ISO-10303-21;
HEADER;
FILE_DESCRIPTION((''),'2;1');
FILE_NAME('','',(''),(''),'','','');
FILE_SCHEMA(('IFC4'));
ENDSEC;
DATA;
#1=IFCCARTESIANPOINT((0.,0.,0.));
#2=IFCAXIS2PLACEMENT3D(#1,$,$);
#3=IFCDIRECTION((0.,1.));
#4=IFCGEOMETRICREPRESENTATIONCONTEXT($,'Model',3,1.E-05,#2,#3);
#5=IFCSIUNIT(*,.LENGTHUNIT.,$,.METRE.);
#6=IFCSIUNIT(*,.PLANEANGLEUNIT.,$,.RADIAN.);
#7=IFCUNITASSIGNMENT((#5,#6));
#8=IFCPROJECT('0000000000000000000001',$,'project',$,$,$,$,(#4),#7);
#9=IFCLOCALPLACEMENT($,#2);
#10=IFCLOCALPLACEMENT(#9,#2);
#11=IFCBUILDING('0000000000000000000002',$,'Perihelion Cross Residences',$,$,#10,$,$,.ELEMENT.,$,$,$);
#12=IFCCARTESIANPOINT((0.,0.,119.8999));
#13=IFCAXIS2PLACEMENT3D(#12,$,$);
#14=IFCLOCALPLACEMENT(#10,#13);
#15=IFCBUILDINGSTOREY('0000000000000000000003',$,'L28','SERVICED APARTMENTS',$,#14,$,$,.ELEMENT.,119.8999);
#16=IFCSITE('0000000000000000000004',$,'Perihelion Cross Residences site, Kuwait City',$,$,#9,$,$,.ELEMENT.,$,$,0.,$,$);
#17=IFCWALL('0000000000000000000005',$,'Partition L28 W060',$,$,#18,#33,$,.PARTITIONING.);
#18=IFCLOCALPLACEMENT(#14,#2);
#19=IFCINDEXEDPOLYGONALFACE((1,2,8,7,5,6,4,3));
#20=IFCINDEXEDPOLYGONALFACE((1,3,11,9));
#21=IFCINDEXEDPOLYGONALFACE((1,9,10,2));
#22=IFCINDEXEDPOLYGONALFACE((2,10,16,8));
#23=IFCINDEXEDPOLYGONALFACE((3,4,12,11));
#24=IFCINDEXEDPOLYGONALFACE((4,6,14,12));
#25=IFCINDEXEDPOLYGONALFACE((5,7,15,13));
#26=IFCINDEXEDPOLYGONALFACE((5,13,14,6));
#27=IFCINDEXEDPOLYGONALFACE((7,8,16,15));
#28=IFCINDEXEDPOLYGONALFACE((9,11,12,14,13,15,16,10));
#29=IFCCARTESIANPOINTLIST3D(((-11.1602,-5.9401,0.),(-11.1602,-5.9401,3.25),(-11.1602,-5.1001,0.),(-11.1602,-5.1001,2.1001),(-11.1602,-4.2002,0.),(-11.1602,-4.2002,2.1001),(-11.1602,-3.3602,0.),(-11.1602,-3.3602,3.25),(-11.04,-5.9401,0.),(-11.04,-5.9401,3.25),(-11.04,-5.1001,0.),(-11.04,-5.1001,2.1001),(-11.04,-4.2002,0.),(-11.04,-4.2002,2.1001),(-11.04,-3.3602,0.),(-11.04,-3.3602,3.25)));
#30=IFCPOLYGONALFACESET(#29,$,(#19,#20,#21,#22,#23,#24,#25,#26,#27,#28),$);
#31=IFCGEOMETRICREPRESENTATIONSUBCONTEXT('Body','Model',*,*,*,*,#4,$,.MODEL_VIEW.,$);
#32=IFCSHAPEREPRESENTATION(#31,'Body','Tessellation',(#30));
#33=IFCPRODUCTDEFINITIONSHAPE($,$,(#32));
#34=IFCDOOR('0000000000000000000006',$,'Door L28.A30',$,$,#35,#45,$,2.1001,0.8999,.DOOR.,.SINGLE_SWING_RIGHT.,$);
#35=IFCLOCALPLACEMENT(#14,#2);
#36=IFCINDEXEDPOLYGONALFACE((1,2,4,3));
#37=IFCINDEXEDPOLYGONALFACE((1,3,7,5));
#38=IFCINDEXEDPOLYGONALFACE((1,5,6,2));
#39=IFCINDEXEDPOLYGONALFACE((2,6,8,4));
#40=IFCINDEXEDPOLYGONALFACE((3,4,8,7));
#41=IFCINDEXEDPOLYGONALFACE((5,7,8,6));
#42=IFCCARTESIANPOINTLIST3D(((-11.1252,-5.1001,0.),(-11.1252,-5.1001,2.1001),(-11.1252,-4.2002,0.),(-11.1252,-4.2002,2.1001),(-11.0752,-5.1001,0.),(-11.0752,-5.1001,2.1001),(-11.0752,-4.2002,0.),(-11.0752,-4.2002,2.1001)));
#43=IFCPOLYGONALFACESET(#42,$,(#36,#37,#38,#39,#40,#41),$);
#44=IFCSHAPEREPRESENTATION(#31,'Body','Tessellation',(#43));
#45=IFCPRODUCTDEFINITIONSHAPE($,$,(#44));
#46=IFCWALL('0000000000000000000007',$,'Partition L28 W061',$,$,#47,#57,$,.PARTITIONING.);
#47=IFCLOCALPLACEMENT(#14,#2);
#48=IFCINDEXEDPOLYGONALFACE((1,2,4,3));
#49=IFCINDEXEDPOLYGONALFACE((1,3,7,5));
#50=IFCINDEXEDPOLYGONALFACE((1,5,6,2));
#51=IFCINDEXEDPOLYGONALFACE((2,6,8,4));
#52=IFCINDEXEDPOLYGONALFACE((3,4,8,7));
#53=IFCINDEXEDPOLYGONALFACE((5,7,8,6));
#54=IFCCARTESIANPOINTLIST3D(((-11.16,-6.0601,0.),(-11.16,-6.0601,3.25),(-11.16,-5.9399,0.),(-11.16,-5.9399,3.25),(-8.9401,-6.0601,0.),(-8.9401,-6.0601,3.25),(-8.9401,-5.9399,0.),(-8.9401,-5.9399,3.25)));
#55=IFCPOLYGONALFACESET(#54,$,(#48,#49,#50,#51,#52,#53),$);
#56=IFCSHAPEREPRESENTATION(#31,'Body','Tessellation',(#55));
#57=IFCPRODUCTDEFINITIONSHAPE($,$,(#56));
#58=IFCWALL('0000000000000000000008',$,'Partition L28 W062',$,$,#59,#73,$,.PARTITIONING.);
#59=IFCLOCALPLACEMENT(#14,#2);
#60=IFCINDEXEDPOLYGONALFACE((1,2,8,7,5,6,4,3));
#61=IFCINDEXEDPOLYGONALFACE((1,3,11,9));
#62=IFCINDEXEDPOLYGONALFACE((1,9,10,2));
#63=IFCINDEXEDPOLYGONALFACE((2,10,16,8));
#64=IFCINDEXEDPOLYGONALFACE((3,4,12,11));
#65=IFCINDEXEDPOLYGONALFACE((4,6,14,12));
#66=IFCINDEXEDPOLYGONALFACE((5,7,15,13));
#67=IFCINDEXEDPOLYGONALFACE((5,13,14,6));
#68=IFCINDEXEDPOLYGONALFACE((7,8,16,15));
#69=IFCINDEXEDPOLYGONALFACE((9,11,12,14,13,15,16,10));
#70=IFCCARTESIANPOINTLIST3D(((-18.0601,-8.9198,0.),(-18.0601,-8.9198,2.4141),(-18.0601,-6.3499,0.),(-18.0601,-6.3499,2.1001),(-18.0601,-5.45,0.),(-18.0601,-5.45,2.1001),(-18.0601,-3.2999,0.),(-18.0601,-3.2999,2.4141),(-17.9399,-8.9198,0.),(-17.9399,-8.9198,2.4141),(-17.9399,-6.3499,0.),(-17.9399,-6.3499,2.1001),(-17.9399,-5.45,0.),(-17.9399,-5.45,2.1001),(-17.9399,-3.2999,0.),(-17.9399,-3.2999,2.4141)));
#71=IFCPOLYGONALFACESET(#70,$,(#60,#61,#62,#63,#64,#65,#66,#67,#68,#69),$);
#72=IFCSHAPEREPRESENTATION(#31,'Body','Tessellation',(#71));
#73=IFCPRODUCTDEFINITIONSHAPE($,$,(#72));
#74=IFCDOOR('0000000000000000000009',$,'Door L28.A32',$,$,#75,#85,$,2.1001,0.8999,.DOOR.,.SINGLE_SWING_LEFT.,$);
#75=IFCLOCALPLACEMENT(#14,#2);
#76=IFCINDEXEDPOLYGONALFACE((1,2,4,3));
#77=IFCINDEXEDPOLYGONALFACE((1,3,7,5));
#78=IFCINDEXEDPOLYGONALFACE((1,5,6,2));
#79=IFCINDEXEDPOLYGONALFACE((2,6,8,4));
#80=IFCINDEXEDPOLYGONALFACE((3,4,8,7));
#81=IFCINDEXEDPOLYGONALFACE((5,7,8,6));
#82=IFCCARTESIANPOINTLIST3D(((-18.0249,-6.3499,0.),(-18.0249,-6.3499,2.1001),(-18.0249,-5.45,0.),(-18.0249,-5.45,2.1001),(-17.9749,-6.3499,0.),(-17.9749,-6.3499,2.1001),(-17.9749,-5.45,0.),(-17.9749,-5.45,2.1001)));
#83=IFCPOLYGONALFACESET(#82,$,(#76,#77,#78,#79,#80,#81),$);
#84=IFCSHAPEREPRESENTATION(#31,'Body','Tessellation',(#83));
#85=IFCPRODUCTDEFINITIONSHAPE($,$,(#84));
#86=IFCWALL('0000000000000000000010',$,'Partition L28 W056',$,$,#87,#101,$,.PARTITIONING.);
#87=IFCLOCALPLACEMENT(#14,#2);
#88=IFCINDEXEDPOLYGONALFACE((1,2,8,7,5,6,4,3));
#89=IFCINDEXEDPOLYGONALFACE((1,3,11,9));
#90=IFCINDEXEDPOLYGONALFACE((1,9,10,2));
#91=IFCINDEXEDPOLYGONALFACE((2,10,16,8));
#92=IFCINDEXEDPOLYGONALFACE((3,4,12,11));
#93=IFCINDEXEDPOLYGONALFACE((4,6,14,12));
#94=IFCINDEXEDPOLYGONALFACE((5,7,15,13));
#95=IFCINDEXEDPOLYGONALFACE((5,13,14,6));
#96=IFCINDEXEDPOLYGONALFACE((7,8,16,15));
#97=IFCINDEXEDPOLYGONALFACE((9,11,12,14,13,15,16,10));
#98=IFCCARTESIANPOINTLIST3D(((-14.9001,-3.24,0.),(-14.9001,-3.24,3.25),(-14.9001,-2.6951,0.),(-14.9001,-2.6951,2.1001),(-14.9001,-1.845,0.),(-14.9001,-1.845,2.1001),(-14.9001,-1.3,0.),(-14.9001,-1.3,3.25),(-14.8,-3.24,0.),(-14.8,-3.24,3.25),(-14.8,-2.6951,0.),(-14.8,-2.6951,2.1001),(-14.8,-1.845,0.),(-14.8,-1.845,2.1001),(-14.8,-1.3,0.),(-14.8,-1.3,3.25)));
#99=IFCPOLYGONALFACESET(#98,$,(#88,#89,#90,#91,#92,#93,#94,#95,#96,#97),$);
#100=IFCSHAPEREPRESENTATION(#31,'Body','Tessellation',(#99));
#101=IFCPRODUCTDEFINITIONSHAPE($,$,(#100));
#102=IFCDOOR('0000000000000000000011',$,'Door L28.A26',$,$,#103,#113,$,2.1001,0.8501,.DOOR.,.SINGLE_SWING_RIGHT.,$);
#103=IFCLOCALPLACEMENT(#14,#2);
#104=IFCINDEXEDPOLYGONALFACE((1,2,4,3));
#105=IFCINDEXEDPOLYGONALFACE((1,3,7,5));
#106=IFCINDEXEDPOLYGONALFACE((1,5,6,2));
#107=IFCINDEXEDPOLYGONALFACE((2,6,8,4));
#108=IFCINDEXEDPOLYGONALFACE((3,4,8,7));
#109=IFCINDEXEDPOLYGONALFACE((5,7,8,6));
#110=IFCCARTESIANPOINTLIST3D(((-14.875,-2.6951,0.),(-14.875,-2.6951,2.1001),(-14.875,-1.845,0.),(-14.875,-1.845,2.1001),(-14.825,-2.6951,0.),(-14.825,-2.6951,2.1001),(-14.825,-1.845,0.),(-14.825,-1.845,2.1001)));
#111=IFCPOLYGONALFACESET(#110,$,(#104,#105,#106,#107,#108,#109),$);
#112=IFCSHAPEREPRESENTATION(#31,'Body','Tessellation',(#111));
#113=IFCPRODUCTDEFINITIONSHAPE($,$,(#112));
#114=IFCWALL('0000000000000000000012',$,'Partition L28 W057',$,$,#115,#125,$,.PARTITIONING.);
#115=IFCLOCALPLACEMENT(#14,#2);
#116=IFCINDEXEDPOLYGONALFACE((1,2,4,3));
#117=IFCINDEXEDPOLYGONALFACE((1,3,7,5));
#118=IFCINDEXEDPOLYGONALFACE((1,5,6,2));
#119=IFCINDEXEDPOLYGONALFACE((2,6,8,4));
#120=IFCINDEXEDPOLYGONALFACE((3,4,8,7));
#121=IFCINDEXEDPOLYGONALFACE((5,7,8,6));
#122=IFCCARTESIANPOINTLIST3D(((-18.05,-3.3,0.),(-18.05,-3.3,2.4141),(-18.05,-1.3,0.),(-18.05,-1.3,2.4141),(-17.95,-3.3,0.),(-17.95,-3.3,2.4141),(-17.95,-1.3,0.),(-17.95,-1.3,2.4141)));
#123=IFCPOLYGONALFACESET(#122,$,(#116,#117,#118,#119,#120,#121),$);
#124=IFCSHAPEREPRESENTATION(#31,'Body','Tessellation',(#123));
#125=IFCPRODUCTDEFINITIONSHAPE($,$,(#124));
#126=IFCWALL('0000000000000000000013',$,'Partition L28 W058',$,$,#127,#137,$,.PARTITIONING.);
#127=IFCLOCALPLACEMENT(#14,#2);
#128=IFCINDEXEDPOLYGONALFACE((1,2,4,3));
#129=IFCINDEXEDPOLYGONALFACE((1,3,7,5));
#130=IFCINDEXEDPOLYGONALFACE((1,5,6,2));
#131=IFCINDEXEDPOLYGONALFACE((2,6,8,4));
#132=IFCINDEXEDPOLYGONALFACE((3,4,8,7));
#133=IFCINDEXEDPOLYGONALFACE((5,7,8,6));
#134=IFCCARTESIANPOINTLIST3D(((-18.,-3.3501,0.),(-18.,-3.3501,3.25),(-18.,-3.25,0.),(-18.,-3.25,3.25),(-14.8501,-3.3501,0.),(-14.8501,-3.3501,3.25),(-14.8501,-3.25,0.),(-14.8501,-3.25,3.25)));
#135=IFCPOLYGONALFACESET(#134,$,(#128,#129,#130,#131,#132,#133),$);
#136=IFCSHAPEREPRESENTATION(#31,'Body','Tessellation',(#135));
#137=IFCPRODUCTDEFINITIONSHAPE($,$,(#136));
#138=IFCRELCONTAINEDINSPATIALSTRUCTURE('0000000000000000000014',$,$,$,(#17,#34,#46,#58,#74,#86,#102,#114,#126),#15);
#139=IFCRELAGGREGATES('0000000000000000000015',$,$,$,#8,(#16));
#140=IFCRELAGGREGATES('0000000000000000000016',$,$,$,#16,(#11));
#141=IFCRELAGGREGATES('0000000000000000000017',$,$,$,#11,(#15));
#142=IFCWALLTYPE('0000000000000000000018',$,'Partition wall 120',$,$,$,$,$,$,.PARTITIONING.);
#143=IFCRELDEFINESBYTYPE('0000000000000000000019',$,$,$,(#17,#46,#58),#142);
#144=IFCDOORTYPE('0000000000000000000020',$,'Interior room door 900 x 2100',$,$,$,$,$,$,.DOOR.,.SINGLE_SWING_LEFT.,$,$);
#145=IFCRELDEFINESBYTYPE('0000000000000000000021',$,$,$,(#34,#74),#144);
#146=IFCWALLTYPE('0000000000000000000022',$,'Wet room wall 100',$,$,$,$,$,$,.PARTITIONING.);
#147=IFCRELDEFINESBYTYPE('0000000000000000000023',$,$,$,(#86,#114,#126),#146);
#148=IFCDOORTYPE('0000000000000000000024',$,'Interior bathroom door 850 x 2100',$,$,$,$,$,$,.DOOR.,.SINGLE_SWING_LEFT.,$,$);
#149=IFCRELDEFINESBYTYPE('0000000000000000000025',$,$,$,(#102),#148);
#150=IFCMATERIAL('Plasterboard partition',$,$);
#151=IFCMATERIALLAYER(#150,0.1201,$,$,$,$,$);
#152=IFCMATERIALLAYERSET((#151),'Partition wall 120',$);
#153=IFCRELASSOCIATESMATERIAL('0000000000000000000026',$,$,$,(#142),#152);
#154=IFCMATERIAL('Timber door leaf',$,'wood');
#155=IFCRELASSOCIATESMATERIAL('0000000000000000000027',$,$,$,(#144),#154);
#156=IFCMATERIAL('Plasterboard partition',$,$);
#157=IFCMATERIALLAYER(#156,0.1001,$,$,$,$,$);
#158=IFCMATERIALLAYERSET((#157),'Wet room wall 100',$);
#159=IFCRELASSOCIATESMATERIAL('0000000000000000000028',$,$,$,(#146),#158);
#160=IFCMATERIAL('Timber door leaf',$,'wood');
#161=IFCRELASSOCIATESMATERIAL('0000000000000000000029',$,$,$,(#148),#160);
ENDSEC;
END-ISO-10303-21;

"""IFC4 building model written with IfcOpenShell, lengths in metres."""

from ifc_helpers import new_model, si_unit, direction, frame, frame_2d, origin, place, context, subcontext, project, spatial, rectangle, extrude, material, layer, layer_set, type_object, element, fill, save


model = new_model("IFC4")

# Units and contexts
model_context = context("Model", 3, precision=1e-05, world=origin(), true_north=direction((0.0, 1.0)))
body_context = subcontext(model_context, "Body", "Model", "MODEL_VIEW")
ifc_project = project(units=[si_unit("LENGTHUNIT", "METRE"), si_unit("PLANEANGLEUNIT", "RADIAN")], contexts=[model_context])

# Site, building, storey
site_placement = place(None, origin())
site = spatial("IfcSite", under=ifc_project, at=site_placement, Name="Perihelion Cross Residences site, Kuwait City", CompositionType="ELEMENT", RefElevation=0.0)
building_placement = place(site_placement, origin())
building = spatial("IfcBuilding", under=site, at=building_placement, Name="Perihelion Cross Residences", CompositionType="ELEMENT")
storey_placement = place(building_placement, frame((0.0, 0.0, 119.8999)))
storey = spatial("IfcBuildingStorey", under=building, at=storey_placement, Name="L28", Description="SERVICED APARTMENTS", CompositionType="ELEMENT", Elevation=119.8999)

# Wall, opening, door
ifc_material_1 = material(Name="Plasterboard partition")
ifc_layer_1 = layer(ifc_material_1, 0.1201)
ifc_layer_set_1 = layer_set([ifc_layer_1], Name="Partition wall 120")
wall_type_1 = type_object("IfcWallType", Name="Partition wall 120", PredefinedType="PARTITIONING", material=ifc_layer_set_1)
ifc_material_2 = material(Name="Timber door leaf", Category="wood")
door_type_1 = type_object("IfcDoorType", Name="Interior room door 900 x 2100", OperationType="SINGLE_SWING_LEFT", PredefinedType="DOOR", material=ifc_material_2)
wall_1_placement = place(storey_placement, frame((-11.1001, -3.3601, 0.0), z_axis=(0.0, 0.0, 1.0), x_axis=(0.0, -1.0, 0.0)))
wall_1 = element("IfcWall", 1, at=wall_1_placement, inside=storey, type_object=wall_type_1, Name="Partition L28 W060", PredefinedType="PARTITIONING", context=body_context, shape_type="SweptSolid", body=[
    extrude(rectangle(XDim=2.5798, YDim=0.1201, at=frame_2d((1.29, 0.0))), origin(), (0.0, 0.0, 1.0), 3.25),
])
opening_1_placement = place(wall_1_placement, frame((0.8401, 0.0, 0.0)))
opening_1 = element("IfcOpeningElement", 2, at=opening_1_placement, cuts=wall_1, PredefinedType="OPENING", context=body_context, shape_type="SweptSolid", body=[
    extrude(rectangle(XDim=0.8999, YDim=2.1001, at=frame_2d((0.45, 1.05))), frame((0.0, 0.0701, 0.0), z_axis=(0.0, -1.0, 0.0), x_axis=(1.0, 0.0, 0.0)), (0.0, 0.0, 1.0), 0.1401),
])
door_1_placement = place(opening_1_placement, origin())
door_1 = element("IfcDoor", 3, at=door_1_placement, inside=storey, type_object=door_type_1, Name="Door L28.A30", OperationType="SINGLE_SWING_RIGHT", OverallHeight=2.1001, OverallWidth=0.8999, PredefinedType="DOOR", context=body_context, shape_type="SweptSolid", body=[
    extrude(rectangle(XDim=0.8999, YDim=2.1001, at=frame_2d((0.45, 1.05))), frame((0.0, 0.0249, 0.0), z_axis=(0.0, -1.0, 0.0), x_axis=(1.0, 0.0, 0.0)), (0.0, 0.0, 1.0), 0.05),
])
fill(opening_1, door_1)

# Wall
wall_2_placement = place(storey_placement, frame((-11.1599, -6.0, 0.0), z_axis=(0.0, 0.0, 1.0), x_axis=(1.0, 0.0, 0.0)))
element("IfcWall", 4, at=wall_2_placement, inside=storey, type_object=wall_type_1, Name="Partition L28 W061", PredefinedType="PARTITIONING", context=body_context, shape_type="SweptSolid", body=[
    extrude(rectangle(XDim=2.22, YDim=0.1201, at=frame_2d((1.1099, 0.0))), origin(), (0.0, 0.0, 1.0), 3.25),
])

# Walls, openings, doors
wall_3_placement = place(storey_placement, frame((-18.0, -8.9199, 0.0), z_axis=(0.0, 0.0, 1.0), x_axis=(0.0, 1.0, 0.0)))
wall_3 = element("IfcWall", 5, at=wall_3_placement, inside=storey, type_object=wall_type_1, Name="Partition L28 W062", PredefinedType="PARTITIONING", context=body_context, shape_type="SweptSolid", body=[
    extrude(rectangle(XDim=5.6199, YDim=0.1201, at=frame_2d((2.8101, 0.0))), origin(), (0.0, 0.0, 1.0), 2.4141),
])
opening_2_placement = place(wall_3_placement, frame((2.5701, 0.0, 0.0)))
opening_2 = element("IfcOpeningElement", 6, at=opening_2_placement, cuts=wall_3, PredefinedType="OPENING", context=body_context, shape_type="SweptSolid", body=[
    extrude(rectangle(XDim=0.8999, YDim=2.1001, at=frame_2d((0.45, 1.05))), frame((0.0, 0.0701, 0.0), z_axis=(0.0, -1.0, 0.0), x_axis=(1.0, 0.0, 0.0)), (0.0, 0.0, 1.0), 0.1401),
])
door_2_placement = place(opening_2_placement, origin())
door_2 = element("IfcDoor", 7, at=door_2_placement, inside=storey, type_object=door_type_1, Name="Door L28.A32", OperationType="SINGLE_SWING_LEFT", OverallHeight=2.1001, OverallWidth=0.8999, PredefinedType="DOOR", context=body_context, shape_type="SweptSolid", body=[
    extrude(rectangle(XDim=0.8999, YDim=2.1001, at=frame_2d((0.45, 1.05))), frame((0.0, 0.0249, 0.0), z_axis=(0.0, -1.0, 0.0), x_axis=(1.0, 0.0, 0.0)), (0.0, 0.0, 1.0), 0.05),
])
fill(opening_2, door_2)
ifc_material_3 = material(Name="Plasterboard partition")
ifc_layer_2 = layer(ifc_material_3, 0.1001)
ifc_layer_set_2 = layer_set([ifc_layer_2], Name="Wet room wall 100")
wall_type_2 = type_object("IfcWallType", Name="Wet room wall 100", PredefinedType="PARTITIONING", material=ifc_layer_set_2)
wall_4_placement = place(storey_placement, frame((-14.8501, -3.24, 0.0), z_axis=(0.0, 0.0, 1.0), x_axis=(0.0, 1.0, 0.0)))
wall_4 = element("IfcWall", 8, at=wall_4_placement, inside=storey, type_object=wall_type_2, Name="Partition L28 W056", PredefinedType="PARTITIONING", context=body_context, shape_type="SweptSolid", body=[
    extrude(rectangle(XDim=1.9399, YDim=0.1001, at=frame_2d((0.97, 0.0))), origin(), (0.0, 0.0, 1.0), 3.25),
])
opening_3_placement = place(wall_4_placement, frame((0.5449, 0.0, 0.0)))
opening_3 = element("IfcOpeningElement", 9, at=opening_3_placement, cuts=wall_4, PredefinedType="OPENING", context=body_context, shape_type="SweptSolid", body=[
    extrude(rectangle(XDim=0.8501, YDim=2.1001, at=frame_2d((0.425, 1.05))), frame((0.0, 0.0601, 0.0), z_axis=(0.0, -1.0, 0.0), x_axis=(1.0, 0.0, 0.0)), (0.0, 0.0, 1.0), 0.1201),
])
ifc_material_4 = material(Name="Timber door leaf", Category="wood")
door_type_2 = type_object("IfcDoorType", Name="Interior bathroom door 850 x 2100", OperationType="SINGLE_SWING_LEFT", PredefinedType="DOOR", material=ifc_material_4)
door_3_placement = place(opening_3_placement, origin())
door_3 = element("IfcDoor", 10, at=door_3_placement, inside=storey, type_object=door_type_2, Name="Door L28.A26", OperationType="SINGLE_SWING_RIGHT", OverallHeight=2.1001, OverallWidth=0.8501, PredefinedType="DOOR", context=body_context, shape_type="SweptSolid", body=[
    extrude(rectangle(XDim=0.8501, YDim=2.1001, at=frame_2d((0.425, 1.05))), frame((0.0, 0.0249, 0.0), z_axis=(0.0, -1.0, 0.0), x_axis=(1.0, 0.0, 0.0)), (0.0, 0.0, 1.0), 0.05),
])
fill(opening_3, door_3)

# Walls
wall_5_placement = place(storey_placement, frame((-18.0, -3.3, 0.0), z_axis=(0.0, 0.0, 1.0), x_axis=(0.0, 1.0, 0.0)))
element("IfcWall", 11, at=wall_5_placement, inside=storey, type_object=wall_type_2, Name="Partition L28 W057", PredefinedType="PARTITIONING", context=body_context, shape_type="SweptSolid", body=[
    extrude(rectangle(XDim=2.0, YDim=0.1001, at=frame_2d((1.0, 0.0))), origin(), (0.0, 0.0, 1.0), 2.4141),
])
wall_6_placement = place(storey_placement, frame((-14.8501, -3.3, 0.0), z_axis=(0.0, 0.0, 1.0), x_axis=(-1.0, 0.0, 0.0)))
element("IfcWall", 12, at=wall_6_placement, inside=storey, type_object=wall_type_2, Name="Partition L28 W058", PredefinedType="PARTITIONING", context=body_context, shape_type="SweptSolid", body=[
    extrude(rectangle(XDim=3.1499, YDim=0.1001, at=frame_2d((1.575, 0.0))), origin(), (0.0, 0.0, 1.0), 3.25),
])

save(model, "model.ifc")
